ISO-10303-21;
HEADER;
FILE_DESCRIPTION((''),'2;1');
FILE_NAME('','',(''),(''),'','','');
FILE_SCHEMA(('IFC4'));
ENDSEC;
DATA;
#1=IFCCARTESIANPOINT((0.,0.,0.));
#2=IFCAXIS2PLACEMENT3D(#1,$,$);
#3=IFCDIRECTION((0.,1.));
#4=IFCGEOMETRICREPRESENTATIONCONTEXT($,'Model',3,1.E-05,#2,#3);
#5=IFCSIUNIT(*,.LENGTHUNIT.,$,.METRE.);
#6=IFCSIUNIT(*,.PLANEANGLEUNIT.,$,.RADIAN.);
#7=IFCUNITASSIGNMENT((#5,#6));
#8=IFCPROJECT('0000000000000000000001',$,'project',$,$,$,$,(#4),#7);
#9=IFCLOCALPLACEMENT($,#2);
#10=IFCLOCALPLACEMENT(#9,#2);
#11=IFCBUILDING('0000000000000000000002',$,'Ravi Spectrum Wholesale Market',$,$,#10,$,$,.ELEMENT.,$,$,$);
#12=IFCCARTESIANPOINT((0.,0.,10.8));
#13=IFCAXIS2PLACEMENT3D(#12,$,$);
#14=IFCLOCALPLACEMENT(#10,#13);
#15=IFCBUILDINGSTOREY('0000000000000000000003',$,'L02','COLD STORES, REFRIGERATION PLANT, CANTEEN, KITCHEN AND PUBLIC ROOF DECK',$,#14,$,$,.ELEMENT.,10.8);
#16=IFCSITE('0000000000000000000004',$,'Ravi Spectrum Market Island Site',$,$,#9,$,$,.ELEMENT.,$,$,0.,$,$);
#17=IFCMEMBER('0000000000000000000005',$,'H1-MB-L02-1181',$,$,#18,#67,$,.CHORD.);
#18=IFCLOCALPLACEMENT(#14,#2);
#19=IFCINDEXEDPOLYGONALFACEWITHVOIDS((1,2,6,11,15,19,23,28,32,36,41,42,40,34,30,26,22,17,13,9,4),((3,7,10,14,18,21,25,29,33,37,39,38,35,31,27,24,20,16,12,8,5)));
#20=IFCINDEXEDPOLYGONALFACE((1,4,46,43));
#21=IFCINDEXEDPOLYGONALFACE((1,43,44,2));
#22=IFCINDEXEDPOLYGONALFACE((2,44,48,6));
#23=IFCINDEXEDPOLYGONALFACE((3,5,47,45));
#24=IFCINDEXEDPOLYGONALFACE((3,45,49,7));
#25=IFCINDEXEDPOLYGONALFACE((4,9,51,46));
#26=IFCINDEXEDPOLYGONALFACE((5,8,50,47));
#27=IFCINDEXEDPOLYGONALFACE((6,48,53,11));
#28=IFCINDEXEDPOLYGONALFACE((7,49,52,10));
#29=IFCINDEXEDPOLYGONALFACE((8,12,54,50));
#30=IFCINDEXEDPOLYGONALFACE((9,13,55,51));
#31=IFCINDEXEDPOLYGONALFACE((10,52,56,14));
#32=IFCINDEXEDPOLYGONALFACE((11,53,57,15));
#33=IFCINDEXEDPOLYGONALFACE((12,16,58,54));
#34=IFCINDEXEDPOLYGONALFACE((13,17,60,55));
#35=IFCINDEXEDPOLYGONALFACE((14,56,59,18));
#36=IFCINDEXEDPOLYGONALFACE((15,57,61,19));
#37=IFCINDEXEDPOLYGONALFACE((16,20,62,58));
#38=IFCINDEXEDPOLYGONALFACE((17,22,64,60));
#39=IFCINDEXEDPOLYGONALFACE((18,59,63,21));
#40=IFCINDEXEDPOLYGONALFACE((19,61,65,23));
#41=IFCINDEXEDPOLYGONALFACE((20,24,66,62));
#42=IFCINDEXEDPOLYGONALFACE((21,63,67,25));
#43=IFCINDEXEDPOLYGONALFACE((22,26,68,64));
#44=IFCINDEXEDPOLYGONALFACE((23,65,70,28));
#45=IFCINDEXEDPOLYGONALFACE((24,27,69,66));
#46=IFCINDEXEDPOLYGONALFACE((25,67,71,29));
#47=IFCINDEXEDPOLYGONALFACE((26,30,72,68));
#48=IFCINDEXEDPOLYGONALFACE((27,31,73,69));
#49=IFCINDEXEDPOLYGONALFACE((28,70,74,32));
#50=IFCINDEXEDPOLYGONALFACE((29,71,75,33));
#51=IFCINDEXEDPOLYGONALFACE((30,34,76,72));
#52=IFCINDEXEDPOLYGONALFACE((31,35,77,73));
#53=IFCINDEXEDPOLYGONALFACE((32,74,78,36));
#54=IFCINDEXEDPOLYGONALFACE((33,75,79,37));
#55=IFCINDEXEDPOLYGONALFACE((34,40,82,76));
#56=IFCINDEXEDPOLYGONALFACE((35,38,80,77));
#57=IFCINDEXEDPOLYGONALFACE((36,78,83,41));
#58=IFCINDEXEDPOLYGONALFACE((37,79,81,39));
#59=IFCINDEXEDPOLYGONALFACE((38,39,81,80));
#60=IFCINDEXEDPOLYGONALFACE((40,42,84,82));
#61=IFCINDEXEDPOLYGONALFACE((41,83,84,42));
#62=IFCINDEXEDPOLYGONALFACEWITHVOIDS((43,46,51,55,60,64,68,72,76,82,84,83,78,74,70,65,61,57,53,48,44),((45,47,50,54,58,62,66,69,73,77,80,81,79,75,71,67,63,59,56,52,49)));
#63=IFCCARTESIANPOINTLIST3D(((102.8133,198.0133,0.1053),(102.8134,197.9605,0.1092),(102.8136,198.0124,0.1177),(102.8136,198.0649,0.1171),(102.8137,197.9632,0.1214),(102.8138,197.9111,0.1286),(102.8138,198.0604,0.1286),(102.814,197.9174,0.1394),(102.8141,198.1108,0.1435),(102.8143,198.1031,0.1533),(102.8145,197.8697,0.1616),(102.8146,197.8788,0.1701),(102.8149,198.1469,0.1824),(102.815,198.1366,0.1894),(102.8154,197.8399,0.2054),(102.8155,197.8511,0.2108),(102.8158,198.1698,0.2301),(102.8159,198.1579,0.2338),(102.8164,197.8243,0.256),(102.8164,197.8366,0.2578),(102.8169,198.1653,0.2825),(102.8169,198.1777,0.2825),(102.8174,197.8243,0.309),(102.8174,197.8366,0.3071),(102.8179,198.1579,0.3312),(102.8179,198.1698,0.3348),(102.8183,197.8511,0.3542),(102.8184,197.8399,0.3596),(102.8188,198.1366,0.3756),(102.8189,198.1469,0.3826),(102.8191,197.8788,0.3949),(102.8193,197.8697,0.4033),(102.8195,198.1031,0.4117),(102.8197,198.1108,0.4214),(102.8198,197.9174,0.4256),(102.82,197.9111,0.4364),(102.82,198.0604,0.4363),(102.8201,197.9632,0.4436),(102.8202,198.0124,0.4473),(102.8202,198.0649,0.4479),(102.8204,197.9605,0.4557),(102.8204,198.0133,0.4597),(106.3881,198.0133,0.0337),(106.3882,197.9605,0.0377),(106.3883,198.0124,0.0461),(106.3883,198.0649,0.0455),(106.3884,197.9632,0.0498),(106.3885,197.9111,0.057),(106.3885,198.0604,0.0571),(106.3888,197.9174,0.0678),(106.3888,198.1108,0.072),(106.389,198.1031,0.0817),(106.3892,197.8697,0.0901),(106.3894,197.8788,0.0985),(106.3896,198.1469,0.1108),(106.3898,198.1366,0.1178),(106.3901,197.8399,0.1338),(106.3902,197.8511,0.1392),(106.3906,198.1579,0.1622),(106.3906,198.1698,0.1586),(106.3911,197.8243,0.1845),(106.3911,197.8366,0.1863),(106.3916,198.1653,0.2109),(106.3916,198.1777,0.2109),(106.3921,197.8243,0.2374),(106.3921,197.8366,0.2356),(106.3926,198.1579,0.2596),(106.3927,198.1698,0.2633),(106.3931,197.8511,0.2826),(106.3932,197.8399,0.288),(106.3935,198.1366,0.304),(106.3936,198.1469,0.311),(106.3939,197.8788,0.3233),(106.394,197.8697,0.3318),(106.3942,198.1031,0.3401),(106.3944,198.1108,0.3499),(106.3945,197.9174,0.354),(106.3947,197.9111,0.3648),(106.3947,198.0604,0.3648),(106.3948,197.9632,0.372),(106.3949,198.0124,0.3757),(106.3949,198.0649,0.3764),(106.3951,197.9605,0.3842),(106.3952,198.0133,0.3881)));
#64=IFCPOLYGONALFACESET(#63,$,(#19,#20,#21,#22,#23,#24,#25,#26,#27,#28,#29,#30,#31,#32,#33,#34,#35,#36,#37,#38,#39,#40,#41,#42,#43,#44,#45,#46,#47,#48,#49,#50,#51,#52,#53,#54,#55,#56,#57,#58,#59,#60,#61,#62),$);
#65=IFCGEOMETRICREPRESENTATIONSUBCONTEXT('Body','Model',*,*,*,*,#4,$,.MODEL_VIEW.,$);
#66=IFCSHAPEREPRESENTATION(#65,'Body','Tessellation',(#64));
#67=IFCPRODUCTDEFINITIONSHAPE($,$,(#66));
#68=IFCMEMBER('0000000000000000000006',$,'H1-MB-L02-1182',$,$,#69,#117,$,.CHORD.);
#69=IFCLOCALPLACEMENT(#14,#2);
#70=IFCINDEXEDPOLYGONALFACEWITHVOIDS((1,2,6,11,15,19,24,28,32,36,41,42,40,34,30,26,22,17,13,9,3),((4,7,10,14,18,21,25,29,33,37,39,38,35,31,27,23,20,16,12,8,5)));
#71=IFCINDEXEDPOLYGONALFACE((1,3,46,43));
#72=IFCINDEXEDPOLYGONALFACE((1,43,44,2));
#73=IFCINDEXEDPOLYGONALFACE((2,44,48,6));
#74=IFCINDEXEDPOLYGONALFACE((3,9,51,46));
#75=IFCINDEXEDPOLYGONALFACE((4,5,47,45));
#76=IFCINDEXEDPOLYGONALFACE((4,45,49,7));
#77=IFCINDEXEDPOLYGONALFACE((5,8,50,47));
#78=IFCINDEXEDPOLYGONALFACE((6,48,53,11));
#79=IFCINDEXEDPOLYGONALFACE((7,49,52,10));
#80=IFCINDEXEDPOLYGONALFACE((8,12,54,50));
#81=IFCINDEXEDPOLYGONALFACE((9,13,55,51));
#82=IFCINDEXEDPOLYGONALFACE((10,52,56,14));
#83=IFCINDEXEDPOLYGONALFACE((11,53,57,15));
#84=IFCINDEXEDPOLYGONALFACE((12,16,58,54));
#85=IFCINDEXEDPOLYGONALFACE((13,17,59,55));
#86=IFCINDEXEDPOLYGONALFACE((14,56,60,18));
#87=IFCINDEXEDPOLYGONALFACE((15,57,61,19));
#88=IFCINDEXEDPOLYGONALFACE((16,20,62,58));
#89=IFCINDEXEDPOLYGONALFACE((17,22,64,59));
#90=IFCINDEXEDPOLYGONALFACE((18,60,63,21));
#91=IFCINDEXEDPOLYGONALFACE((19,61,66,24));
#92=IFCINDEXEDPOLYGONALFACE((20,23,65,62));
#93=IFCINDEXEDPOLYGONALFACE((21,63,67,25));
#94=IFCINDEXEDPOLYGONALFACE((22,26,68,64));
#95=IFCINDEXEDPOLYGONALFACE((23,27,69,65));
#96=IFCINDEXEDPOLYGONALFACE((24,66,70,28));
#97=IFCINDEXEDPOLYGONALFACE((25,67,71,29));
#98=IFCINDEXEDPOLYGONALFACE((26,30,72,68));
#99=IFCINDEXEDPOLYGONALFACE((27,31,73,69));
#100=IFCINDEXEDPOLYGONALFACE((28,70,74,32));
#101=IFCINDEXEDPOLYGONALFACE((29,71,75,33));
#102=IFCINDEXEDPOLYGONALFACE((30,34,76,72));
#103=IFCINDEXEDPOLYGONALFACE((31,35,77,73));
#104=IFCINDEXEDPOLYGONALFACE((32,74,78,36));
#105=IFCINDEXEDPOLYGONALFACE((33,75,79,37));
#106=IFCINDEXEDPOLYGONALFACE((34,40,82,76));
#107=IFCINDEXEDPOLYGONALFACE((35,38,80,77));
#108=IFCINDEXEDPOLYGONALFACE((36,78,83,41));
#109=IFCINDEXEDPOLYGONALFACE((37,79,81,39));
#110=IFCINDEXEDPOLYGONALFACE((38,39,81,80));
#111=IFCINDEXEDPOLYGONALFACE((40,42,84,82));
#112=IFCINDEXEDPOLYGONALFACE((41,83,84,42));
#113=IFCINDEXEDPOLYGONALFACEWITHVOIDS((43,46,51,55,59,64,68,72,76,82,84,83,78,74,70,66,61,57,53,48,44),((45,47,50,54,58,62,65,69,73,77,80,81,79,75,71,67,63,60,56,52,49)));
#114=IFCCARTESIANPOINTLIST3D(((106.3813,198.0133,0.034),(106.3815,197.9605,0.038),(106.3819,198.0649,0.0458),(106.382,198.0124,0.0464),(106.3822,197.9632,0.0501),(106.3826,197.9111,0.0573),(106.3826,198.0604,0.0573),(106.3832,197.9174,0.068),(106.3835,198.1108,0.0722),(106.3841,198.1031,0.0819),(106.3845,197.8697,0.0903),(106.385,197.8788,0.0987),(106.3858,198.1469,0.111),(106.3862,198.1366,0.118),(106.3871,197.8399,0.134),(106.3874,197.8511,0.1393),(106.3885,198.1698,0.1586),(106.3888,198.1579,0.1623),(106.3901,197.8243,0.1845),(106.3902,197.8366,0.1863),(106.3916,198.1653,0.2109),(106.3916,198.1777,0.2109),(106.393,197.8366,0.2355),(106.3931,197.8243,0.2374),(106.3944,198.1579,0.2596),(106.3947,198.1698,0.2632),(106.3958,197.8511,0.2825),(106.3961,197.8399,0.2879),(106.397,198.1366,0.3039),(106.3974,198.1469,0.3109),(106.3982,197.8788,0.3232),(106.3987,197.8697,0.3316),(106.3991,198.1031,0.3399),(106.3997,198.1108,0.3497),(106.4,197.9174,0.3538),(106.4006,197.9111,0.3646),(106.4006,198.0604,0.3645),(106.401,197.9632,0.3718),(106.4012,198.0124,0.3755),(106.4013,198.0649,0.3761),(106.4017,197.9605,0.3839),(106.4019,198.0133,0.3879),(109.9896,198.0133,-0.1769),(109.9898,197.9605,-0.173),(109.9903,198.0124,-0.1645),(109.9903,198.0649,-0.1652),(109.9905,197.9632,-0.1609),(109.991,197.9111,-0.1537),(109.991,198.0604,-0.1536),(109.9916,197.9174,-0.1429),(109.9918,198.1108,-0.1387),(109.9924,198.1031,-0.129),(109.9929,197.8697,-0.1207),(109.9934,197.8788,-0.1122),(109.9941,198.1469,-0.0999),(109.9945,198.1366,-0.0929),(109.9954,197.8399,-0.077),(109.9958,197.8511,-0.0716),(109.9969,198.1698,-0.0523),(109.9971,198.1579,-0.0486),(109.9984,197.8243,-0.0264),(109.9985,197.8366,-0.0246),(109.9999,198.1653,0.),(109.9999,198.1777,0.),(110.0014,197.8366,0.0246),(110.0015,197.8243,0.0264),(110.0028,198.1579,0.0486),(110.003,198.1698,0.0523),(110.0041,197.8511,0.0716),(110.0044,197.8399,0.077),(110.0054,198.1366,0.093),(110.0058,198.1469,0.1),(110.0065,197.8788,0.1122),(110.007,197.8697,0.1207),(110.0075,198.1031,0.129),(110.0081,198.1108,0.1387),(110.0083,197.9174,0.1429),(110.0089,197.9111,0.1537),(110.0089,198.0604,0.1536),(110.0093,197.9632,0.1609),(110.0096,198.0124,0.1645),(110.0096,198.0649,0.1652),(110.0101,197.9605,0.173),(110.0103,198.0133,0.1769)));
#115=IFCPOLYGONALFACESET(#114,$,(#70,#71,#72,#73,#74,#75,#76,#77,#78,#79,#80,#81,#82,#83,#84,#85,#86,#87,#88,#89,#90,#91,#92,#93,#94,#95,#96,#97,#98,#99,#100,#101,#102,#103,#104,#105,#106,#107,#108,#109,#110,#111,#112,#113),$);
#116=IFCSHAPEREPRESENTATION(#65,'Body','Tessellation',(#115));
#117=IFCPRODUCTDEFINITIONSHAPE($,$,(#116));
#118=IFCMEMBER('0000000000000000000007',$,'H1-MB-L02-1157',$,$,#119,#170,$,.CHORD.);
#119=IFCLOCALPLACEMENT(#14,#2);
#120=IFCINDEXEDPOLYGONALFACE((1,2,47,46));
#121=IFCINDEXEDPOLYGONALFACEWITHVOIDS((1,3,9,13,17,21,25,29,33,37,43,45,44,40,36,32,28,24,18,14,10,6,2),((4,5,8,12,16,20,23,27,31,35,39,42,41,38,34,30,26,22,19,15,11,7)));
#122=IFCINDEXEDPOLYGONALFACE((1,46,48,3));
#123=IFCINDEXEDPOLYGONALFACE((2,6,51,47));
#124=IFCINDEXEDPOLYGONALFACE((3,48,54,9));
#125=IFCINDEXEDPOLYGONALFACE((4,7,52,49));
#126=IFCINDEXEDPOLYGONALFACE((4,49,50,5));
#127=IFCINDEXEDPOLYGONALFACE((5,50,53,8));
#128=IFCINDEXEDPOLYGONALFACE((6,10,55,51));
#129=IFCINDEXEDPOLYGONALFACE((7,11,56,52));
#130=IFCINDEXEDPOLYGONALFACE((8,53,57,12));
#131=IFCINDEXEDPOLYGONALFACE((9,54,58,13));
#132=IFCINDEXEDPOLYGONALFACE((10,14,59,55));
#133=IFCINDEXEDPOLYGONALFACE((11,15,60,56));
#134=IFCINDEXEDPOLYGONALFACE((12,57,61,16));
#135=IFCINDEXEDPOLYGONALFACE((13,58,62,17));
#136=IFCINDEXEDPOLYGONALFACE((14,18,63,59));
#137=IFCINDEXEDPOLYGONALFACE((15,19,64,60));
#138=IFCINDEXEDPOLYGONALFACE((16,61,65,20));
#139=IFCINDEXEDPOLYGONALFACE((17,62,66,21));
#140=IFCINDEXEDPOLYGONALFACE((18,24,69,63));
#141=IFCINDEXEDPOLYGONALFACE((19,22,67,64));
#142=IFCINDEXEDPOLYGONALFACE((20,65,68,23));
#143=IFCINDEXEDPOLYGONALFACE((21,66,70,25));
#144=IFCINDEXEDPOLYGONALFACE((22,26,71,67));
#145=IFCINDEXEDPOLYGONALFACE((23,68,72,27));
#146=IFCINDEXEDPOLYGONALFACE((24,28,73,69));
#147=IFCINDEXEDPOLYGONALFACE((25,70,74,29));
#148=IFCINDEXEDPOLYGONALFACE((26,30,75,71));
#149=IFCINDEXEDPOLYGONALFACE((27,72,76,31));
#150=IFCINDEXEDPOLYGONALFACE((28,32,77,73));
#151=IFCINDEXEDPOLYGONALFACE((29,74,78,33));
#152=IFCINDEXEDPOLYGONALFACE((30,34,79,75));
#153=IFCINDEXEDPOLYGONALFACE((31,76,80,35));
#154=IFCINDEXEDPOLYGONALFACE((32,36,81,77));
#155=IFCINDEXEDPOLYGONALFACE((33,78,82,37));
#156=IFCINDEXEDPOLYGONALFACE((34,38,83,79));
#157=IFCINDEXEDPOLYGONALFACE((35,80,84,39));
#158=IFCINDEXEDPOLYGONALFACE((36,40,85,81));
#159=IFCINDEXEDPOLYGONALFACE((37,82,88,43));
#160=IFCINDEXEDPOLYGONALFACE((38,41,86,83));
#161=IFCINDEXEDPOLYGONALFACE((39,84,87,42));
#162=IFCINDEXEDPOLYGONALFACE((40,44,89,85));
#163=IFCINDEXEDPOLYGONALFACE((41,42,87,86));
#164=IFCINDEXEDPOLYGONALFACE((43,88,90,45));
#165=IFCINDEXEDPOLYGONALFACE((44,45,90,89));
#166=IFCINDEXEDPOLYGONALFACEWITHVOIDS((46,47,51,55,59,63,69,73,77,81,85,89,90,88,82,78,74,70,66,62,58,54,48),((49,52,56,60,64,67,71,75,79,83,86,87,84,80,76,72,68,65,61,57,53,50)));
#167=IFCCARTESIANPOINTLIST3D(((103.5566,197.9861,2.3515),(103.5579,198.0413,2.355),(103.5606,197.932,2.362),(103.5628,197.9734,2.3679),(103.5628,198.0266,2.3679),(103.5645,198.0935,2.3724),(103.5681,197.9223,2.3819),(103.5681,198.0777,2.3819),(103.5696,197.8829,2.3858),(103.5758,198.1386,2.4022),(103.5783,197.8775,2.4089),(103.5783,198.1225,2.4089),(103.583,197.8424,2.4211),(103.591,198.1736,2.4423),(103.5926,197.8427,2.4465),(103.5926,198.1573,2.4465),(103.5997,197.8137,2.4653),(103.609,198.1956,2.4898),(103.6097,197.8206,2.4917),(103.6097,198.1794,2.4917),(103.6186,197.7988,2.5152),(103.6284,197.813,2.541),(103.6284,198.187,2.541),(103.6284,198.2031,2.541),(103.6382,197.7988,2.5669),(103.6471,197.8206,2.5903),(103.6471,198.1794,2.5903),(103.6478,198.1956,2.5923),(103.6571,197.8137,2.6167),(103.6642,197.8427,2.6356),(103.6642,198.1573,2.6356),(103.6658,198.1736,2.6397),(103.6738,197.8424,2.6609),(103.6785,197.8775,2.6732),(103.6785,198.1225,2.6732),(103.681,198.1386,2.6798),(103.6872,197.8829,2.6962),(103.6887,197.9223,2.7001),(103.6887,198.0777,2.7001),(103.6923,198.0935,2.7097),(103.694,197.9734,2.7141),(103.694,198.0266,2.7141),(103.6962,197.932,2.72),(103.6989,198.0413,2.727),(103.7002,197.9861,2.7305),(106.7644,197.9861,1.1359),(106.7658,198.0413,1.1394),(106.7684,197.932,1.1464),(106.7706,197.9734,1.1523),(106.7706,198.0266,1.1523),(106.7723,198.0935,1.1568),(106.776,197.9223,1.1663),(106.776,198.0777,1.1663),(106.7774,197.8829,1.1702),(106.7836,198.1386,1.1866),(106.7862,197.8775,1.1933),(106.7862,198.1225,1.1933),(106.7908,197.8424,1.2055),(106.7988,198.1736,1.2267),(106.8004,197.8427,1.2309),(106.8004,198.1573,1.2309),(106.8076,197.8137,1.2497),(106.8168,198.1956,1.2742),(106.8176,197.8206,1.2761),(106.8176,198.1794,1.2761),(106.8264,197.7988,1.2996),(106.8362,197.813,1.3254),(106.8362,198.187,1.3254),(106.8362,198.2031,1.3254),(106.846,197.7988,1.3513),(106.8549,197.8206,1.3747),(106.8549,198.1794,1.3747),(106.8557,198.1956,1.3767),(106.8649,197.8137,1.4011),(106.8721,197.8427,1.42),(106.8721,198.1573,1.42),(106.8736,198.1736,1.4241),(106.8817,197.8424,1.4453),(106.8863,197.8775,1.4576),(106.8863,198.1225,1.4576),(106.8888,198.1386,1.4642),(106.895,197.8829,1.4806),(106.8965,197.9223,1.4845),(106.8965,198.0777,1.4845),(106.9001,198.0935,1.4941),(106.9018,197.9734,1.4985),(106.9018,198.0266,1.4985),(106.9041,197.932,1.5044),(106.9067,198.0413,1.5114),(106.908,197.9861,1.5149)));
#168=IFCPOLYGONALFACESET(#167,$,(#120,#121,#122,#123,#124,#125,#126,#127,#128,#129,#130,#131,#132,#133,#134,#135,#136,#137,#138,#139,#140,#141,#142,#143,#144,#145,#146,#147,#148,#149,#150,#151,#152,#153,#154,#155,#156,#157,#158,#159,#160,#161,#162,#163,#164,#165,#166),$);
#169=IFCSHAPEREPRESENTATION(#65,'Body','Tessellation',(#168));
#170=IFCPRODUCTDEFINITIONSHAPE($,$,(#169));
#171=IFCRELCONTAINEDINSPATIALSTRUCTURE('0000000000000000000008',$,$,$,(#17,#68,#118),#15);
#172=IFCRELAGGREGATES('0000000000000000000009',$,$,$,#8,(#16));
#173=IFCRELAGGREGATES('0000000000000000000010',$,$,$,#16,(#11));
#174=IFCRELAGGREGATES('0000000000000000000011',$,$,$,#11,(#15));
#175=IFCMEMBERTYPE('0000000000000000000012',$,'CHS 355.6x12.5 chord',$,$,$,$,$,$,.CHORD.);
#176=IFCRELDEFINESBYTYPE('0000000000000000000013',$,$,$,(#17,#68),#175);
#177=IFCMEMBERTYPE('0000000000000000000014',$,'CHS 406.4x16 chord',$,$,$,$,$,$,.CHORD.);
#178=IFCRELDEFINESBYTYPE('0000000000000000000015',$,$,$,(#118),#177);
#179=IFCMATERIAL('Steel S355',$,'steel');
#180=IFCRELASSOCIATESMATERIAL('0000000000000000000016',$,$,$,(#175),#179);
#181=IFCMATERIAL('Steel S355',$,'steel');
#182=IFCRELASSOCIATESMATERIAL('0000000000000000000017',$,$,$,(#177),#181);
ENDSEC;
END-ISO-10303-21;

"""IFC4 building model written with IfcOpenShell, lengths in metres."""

from ifc_helpers import new_model, si_unit, direction, frame, origin, origin_2d, place, context, subcontext, project, spatial, hollow_circle, extrude, material, material_profile, profile_set, type_object, element, save


model = new_model("IFC4")

# Units and contexts
model_context = context("Model", 3, precision=1e-05, world=origin(), true_north=direction((0.0, 1.0)))
body_context = subcontext(model_context, "Body", "Model", "MODEL_VIEW")
ifc_project = project(units=[si_unit("LENGTHUNIT", "METRE"), si_unit("PLANEANGLEUNIT", "RADIAN")], contexts=[model_context])

# Site, building, storey
site_placement = place(None, origin())
site = spatial("IfcSite", under=ifc_project, at=site_placement, Name="Ravi Spectrum Market Island Site", CompositionType="ELEMENT", RefElevation=0.0)
building_placement = place(site_placement, origin())
building = spatial("IfcBuilding", under=site, at=building_placement, Name="Ravi Spectrum Wholesale Market", CompositionType="ELEMENT")
storey_placement = place(building_placement, frame((0.0, 0.0, 10.8)))
storey = spatial("IfcBuildingStorey", under=building, at=storey_placement, Name="L02", Description="COLD STORES, REFRIGERATION PLANT, CANTEEN, KITCHEN AND PUBLIC ROOF DECK", CompositionType="ELEMENT", Elevation=10.8)

# Members
ifc_material_1 = material(Name="Steel S355", Category="steel")
ifc_material_profile_1 = material_profile(ifc_material_1, hollow_circle(Radius=0.1777, WallThickness=0.0125, at=origin_2d()))
ifc_profile_set_1 = profile_set([ifc_material_profile_1], Name="Steel S355")
member_type_1 = type_object("IfcMemberType", Name="CHS 355.6x12.5 chord", PredefinedType="CHORD", material=ifc_profile_set_1)
member_1_placement = place(storey_placement, frame((102.8169, 198.0, 0.2825), z_axis=(0.9998, 0.0, -0.020007), x_axis=(0.0, 1.0, 0.0)))
element("IfcMember", 1, at=member_1_placement, inside=storey, type_object=member_type_1, Name="H1-MB-L02-1181", PredefinedType="CHORD", context=body_context, shape_type="SweptSolid", body=[
    extrude(hollow_circle(Radius=0.1777, WallThickness=0.0125, at=origin_2d()), origin(), (0.0, 0.0, 1.0), 3.5754),
])
member_2_placement = place(storey_placement, frame((106.3916, 198.0, 0.2109), z_axis=(0.998296, 0.0, -0.058358), x_axis=(0.0, 1.0, 0.0)))
element("IfcMember", 2, at=member_2_placement, inside=storey, type_object=member_type_1, Name="H1-MB-L02-1182", PredefinedType="CHORD", context=body_context, shape_type="SweptSolid", body=[
    extrude(hollow_circle(Radius=0.1777, WallThickness=0.0125, at=origin_2d()), origin(), (0.0, 0.0, 1.0), 3.6145),
])
ifc_material_2 = material(Name="Steel S355", Category="steel")
ifc_material_profile_2 = material_profile(ifc_material_2, hollow_circle(Radius=0.2031, WallThickness=0.0161, at=origin_2d()))
ifc_profile_set_2 = profile_set([ifc_material_profile_2], Name="Steel S355")
member_type_2 = type_object("IfcMemberType", Name="CHS 406.4x16 chord", PredefinedType="CHORD", material=ifc_profile_set_2)
member_3_placement = place(storey_placement, frame((103.6284, 198.0, 2.541), z_axis=(0.93511, 0.0, -0.354358), x_axis=(0.0, 1.0, 0.0)))
element("IfcMember", 3, at=member_3_placement, inside=storey, type_object=member_type_2, Name="H1-MB-L02-1157", PredefinedType="CHORD", context=body_context, shape_type="SweptSolid", body=[
    extrude(hollow_circle(Radius=0.2031, WallThickness=0.0161, at=origin_2d()), origin(), (0.0, 0.0, 1.0), 3.4304),
])

save(model, "model.ifc")
